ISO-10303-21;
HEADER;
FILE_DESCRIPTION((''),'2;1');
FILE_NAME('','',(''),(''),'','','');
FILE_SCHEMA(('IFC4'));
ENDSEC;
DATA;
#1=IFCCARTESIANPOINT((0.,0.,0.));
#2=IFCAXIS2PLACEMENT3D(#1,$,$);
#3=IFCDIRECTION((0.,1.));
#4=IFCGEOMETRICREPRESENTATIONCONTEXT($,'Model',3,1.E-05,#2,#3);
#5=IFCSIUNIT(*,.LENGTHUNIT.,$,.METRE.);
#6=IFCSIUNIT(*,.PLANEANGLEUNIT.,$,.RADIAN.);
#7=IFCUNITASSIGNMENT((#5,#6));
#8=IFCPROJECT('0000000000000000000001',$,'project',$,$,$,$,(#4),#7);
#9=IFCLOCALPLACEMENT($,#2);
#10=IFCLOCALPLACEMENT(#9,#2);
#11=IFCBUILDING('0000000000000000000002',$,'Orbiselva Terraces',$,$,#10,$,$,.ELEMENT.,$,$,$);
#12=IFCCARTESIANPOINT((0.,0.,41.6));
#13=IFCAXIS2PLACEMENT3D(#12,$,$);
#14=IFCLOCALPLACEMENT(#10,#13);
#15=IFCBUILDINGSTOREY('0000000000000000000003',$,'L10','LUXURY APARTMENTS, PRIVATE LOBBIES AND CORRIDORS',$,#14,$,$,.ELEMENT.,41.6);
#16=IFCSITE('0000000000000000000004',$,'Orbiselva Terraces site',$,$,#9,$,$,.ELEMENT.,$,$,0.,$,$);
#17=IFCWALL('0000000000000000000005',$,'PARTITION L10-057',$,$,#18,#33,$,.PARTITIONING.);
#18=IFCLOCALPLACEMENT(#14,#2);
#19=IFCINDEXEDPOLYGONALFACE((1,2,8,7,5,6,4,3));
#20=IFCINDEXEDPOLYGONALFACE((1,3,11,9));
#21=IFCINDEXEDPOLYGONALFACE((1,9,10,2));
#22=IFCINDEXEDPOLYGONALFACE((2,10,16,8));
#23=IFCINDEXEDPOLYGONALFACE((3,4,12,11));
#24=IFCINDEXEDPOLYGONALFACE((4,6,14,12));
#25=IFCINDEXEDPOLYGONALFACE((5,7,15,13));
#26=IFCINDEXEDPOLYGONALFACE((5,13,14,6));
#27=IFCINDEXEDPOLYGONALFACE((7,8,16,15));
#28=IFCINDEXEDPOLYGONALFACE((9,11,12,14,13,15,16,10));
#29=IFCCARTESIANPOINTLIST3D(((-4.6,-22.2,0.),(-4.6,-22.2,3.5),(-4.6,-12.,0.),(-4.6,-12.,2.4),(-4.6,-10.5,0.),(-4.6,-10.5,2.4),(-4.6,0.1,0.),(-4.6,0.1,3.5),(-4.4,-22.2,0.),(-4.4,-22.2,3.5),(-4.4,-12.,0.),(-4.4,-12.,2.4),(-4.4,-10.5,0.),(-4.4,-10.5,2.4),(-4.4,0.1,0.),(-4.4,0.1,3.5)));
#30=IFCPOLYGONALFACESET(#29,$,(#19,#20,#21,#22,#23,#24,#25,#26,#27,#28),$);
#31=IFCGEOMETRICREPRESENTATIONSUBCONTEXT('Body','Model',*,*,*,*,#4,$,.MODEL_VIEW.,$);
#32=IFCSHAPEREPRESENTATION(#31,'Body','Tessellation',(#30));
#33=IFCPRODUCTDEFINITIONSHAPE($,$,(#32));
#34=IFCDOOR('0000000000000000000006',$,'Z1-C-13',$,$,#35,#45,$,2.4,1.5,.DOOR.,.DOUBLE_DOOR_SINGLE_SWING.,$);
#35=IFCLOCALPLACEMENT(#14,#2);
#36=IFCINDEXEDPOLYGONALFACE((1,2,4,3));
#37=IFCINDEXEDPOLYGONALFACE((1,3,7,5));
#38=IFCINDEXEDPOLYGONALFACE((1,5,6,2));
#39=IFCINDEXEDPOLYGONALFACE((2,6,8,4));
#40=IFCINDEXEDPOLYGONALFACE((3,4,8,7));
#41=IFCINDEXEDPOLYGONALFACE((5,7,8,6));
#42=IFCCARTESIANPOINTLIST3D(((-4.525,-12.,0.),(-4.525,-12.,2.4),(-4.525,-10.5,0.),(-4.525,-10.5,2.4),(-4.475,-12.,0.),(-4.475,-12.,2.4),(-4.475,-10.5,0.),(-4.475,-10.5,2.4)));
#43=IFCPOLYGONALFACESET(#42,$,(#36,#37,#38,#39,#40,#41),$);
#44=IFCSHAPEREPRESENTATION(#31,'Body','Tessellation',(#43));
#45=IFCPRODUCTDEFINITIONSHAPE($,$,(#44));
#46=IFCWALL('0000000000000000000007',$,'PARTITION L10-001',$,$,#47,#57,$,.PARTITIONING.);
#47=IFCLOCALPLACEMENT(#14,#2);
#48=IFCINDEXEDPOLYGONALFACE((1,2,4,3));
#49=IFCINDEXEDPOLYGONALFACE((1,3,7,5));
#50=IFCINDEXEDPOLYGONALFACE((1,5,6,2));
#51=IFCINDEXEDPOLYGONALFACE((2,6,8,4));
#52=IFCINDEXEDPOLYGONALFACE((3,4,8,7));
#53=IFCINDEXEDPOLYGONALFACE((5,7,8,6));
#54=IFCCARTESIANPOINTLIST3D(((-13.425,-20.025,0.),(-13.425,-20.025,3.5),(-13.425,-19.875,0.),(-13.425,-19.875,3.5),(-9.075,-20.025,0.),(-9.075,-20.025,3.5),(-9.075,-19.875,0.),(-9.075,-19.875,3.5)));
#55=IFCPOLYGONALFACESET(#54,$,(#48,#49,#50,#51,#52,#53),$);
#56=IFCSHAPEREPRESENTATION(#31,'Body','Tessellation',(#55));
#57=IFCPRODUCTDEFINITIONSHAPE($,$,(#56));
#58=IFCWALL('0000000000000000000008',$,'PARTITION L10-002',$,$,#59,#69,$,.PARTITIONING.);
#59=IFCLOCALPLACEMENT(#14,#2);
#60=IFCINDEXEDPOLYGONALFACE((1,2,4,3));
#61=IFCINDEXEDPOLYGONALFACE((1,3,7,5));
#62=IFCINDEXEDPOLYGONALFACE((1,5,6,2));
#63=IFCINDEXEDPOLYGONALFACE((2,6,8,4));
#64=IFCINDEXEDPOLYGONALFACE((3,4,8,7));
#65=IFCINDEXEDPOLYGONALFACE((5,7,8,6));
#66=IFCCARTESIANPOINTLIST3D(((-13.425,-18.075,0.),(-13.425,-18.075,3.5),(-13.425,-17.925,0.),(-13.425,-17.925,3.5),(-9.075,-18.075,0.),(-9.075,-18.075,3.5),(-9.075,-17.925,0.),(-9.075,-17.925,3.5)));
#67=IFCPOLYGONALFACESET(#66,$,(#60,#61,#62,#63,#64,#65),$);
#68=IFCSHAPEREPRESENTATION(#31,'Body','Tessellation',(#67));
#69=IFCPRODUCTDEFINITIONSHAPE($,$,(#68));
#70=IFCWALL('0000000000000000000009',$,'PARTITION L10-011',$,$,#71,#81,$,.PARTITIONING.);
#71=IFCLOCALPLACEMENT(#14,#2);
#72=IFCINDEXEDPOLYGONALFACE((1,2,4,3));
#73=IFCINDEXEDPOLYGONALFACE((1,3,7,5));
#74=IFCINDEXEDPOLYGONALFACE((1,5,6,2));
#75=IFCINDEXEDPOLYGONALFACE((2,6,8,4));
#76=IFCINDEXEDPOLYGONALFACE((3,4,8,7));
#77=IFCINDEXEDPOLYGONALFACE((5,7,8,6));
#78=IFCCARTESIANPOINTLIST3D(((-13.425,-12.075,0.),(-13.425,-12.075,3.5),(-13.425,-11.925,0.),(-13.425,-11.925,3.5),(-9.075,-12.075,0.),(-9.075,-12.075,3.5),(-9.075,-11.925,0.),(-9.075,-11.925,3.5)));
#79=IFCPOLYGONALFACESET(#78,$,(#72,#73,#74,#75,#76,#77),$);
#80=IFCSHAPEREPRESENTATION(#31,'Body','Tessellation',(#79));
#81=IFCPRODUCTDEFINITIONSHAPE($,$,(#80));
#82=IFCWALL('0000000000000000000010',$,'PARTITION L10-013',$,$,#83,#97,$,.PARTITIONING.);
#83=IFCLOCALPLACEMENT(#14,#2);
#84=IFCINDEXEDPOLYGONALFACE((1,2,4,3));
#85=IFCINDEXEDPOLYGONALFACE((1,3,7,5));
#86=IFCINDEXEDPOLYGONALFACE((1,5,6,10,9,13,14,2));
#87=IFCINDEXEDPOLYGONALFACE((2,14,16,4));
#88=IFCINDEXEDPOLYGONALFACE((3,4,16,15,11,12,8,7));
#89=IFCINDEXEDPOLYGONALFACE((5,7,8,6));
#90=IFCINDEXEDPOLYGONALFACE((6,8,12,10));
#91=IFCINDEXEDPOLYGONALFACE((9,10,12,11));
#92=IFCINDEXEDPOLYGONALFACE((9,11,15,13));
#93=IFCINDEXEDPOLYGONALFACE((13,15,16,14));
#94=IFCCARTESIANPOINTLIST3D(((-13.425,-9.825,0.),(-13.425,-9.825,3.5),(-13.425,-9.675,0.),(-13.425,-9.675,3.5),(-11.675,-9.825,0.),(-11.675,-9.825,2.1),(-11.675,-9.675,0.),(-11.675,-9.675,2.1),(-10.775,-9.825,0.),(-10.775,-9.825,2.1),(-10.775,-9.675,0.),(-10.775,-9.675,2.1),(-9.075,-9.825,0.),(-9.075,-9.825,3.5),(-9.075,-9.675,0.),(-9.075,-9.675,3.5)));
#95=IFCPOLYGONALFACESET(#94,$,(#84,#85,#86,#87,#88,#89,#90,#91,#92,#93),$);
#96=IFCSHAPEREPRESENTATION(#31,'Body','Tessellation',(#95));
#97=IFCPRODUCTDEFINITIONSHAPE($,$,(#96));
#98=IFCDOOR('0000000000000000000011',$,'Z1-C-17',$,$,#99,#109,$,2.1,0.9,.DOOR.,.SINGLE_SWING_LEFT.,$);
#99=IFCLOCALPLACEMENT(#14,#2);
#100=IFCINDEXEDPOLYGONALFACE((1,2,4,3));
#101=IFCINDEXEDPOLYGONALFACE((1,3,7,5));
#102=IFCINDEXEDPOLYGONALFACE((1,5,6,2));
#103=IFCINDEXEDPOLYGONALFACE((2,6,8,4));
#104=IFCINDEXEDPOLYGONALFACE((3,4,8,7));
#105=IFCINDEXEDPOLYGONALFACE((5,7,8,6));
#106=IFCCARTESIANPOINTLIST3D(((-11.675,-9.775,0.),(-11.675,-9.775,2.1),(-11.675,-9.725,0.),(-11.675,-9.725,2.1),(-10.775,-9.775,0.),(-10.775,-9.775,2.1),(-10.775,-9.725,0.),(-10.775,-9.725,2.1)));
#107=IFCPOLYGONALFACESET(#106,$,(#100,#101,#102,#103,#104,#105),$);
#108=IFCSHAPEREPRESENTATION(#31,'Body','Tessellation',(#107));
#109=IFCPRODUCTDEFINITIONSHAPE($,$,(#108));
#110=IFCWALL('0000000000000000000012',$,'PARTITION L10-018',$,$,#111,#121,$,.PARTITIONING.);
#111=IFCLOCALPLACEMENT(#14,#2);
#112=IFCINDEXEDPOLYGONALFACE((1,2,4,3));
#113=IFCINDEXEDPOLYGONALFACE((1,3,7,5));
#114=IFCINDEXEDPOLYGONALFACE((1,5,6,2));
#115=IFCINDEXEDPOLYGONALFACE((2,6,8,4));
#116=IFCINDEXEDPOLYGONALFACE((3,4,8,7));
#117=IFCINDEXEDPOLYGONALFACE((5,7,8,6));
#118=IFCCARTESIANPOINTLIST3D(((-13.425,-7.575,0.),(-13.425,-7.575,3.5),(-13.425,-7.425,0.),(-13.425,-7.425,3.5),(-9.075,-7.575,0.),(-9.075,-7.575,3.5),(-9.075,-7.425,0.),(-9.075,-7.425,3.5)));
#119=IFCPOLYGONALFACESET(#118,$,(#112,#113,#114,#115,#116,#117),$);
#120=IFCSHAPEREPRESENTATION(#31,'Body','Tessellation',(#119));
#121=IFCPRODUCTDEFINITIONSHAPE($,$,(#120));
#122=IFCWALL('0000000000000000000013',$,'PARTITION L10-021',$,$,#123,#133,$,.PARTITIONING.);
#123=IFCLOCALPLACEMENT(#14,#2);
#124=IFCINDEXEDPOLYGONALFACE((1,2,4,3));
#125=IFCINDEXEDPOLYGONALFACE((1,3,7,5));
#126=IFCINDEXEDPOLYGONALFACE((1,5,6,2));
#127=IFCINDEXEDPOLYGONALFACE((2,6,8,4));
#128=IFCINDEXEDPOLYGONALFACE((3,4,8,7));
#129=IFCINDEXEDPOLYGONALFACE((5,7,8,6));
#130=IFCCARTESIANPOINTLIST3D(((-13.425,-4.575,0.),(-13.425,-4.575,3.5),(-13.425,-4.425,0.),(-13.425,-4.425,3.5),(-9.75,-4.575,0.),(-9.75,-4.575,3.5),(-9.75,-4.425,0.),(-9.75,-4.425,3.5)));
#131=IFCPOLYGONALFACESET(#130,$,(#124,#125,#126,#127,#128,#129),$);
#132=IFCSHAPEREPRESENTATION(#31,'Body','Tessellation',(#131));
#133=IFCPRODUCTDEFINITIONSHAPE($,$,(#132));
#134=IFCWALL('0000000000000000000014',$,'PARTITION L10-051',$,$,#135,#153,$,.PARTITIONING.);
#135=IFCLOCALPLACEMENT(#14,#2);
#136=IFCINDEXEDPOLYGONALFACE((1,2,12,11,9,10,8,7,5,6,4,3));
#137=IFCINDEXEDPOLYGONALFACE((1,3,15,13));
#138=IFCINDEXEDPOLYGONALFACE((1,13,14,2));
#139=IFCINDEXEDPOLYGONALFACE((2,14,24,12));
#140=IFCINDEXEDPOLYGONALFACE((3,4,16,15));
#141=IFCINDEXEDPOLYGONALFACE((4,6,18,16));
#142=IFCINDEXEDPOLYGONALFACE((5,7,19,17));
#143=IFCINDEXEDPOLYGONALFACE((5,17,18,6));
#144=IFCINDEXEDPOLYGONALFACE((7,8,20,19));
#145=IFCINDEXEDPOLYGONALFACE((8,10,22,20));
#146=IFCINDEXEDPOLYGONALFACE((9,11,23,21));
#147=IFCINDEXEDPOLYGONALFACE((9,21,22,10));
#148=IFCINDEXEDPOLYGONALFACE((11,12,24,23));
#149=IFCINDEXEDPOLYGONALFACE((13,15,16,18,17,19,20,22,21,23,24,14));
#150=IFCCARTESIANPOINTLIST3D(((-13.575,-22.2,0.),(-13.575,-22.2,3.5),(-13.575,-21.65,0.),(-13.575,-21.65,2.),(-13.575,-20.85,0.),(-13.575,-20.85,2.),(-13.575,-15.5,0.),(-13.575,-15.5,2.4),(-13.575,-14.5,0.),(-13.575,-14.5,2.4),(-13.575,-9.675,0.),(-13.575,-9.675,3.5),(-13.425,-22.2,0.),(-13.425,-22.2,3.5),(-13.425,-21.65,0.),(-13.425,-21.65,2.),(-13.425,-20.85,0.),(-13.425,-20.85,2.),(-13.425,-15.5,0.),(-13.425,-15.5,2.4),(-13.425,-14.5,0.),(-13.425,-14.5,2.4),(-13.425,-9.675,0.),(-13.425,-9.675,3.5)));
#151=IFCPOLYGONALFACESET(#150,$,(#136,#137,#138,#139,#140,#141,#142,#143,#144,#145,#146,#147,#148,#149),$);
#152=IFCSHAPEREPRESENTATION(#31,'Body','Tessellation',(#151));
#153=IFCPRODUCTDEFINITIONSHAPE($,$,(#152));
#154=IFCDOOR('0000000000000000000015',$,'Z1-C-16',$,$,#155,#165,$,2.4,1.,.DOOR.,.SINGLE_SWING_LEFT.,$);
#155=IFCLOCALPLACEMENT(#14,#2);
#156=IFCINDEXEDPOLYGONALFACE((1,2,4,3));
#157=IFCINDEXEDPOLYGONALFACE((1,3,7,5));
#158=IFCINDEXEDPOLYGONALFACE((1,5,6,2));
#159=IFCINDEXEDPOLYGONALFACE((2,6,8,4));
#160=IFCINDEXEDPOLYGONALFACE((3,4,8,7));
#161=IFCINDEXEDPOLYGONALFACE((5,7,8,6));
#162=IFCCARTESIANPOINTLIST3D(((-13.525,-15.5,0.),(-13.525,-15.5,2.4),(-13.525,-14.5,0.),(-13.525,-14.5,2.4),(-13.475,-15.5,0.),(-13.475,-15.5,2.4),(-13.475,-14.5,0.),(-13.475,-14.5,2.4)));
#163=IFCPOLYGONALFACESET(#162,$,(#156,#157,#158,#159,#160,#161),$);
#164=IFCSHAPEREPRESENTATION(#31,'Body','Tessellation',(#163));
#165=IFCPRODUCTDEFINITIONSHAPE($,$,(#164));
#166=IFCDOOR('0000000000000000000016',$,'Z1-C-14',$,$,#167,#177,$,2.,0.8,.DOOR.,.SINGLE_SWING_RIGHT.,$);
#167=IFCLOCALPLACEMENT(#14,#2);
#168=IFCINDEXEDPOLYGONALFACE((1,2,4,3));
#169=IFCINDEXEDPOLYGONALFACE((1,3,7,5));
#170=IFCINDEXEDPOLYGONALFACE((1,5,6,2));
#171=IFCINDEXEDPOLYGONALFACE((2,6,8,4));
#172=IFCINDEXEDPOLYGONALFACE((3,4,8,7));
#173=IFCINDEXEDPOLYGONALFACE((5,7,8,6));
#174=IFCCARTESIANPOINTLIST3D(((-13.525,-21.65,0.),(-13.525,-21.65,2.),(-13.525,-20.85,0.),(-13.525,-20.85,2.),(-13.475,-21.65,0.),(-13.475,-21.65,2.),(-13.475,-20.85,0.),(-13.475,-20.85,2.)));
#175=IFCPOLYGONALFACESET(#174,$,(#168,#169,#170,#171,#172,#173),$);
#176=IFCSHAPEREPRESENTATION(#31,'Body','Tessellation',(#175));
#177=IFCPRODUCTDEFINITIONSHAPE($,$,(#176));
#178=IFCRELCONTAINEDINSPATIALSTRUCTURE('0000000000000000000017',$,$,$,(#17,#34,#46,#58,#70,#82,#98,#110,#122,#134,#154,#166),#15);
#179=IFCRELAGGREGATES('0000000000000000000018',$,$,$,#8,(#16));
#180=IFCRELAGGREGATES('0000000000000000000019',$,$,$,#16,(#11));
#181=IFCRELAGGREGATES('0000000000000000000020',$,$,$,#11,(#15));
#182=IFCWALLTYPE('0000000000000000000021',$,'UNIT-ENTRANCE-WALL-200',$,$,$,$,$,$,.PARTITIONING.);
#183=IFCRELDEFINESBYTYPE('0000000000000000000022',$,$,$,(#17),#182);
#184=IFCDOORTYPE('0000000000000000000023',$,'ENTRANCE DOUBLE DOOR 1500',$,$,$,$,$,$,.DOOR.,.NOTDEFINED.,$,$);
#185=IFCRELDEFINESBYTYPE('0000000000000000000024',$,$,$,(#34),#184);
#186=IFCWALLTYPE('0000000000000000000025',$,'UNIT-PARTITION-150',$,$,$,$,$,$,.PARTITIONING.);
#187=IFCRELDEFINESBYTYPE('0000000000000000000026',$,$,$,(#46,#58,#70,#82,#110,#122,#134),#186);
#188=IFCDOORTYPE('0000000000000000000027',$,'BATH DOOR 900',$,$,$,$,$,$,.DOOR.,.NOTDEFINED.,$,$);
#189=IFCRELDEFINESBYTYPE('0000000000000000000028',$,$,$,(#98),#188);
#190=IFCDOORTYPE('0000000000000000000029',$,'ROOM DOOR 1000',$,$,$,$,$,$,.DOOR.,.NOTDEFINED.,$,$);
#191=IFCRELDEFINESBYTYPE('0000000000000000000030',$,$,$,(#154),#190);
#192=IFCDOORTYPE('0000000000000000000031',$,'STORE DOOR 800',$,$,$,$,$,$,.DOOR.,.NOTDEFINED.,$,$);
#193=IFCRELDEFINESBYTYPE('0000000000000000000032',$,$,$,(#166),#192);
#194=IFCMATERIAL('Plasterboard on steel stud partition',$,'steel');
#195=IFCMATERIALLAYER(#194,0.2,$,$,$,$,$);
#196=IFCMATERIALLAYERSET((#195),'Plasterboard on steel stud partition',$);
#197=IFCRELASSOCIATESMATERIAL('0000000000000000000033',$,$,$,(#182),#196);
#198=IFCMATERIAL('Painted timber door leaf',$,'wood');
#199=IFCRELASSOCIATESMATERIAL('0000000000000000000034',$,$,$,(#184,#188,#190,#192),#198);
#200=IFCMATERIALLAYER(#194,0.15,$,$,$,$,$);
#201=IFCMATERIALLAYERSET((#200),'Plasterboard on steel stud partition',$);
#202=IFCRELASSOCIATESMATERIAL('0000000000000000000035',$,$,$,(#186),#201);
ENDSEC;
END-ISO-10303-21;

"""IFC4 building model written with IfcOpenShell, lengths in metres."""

from ifc_helpers import new_model, si_unit, direction, frame, frame_2d, origin, place, context, subcontext, project, spatial, rectangle, extrude, material, layer, layer_set, type_object, element, fill, save


model = new_model("IFC4")

# Units and contexts
model_context = context("Model", 3, precision=1e-05, world=origin(), true_north=direction((0.0, 1.0)))
body_context = subcontext(model_context, "Body", "Model", "MODEL_VIEW")
ifc_project = project(units=[si_unit("LENGTHUNIT", "METRE"), si_unit("PLANEANGLEUNIT", "RADIAN")], contexts=[model_context])

# Site, building, storey
site_placement = place(None, origin())
site = spatial("IfcSite", under=ifc_project, at=site_placement, Name="Orbiselva Terraces site", CompositionType="ELEMENT", RefElevation=0.0)
building_placement = place(site_placement, origin())
building = spatial("IfcBuilding", under=site, at=building_placement, Name="Orbiselva Terraces", CompositionType="ELEMENT")
storey_placement = place(building_placement, frame((0.0, 0.0, 41.6)))
storey = spatial("IfcBuildingStorey", under=building, at=storey_placement, Name="L10", Description="LUXURY APARTMENTS, PRIVATE LOBBIES AND CORRIDORS", CompositionType="ELEMENT", Elevation=41.6)

# Wall, opening, door
ifc_material_1 = material(Name="Plasterboard on steel stud partition", Category="steel")
ifc_layer_1 = layer(ifc_material_1, 0.2)
ifc_layer_set_1 = layer_set([ifc_layer_1], Name="Plasterboard on steel stud partition")
wall_type_1 = type_object("IfcWallType", Name="UNIT-ENTRANCE-WALL-200", PredefinedType="PARTITIONING", material=ifc_layer_set_1)
wall_1_placement = place(storey_placement, frame((-4.5, -22.2, 0.0), z_axis=(0.0, 0.0, 1.0), x_axis=(0.0, 1.0, 0.0)))
wall_1 = element("IfcWall", 1, at=wall_1_placement, inside=storey, type_object=wall_type_1, Name="PARTITION L10-057", PredefinedType="PARTITIONING", context=body_context, shape_type="SweptSolid", body=[
    extrude(rectangle(XDim=22.3, YDim=0.2, at=frame_2d((11.15, 0.0))), origin(), (0.0, 0.0, 1.0), 3.5),
])
opening_1_placement = place(wall_1_placement, frame((10.2, 0.0, 0.0)))
opening_1 = element("IfcOpeningElement", 2, at=opening_1_placement, cuts=wall_1, PredefinedType="OPENING", context=body_context, shape_type="SweptSolid", body=[
    extrude(rectangle(XDim=1.5, YDim=2.4, at=frame_2d((0.75, 1.2))), frame((0.0, 0.11, 0.0), z_axis=(0.0, -1.0, 0.0), x_axis=(1.0, 0.0, 0.0)), (0.0, 0.0, 1.0), 0.22),
])
ifc_material_2 = material(Name="Painted timber door leaf", Category="wood")
door_type_1 = type_object("IfcDoorType", Name="ENTRANCE DOUBLE DOOR 1500", OperationType="NOTDEFINED", PredefinedType="DOOR", material=ifc_material_2)
door_1_placement = place(opening_1_placement, origin())
door_1 = element("IfcDoor", 3, at=door_1_placement, inside=storey, type_object=door_type_1, Name="Z1-C-13", OperationType="DOUBLE_DOOR_SINGLE_SWING", OverallHeight=2.4, OverallWidth=1.5, PredefinedType="DOOR", context=body_context, shape_type="SweptSolid", body=[
    extrude(rectangle(XDim=1.5, YDim=2.4, at=frame_2d((0.75, 1.2))), frame((0.0, 0.025, 0.0), z_axis=(0.0, -1.0, 0.0), x_axis=(1.0, 0.0, 0.0)), (0.0, 0.0, 1.0), 0.05),
])
fill(opening_1, door_1)

# Walls
ifc_layer_2 = layer(ifc_material_1, 0.15)
ifc_layer_set_2 = layer_set([ifc_layer_2], Name="Plasterboard on steel stud partition")
wall_type_2 = type_object("IfcWallType", Name="UNIT-PARTITION-150", PredefinedType="PARTITIONING", material=ifc_layer_set_2)
for number, where, z_axis, x_axis, name in (
    (4, (-13.425, -19.95, 0.0), (0.0, 0.0, 1.0), (1.0, 0.0, 0.0), "PARTITION L10-001"),
    (5, (-13.425, -18.0, 0.0), (0.0, 0.0, 1.0), (1.0, 0.0, 0.0), "PARTITION L10-002"),
    (6, (-13.425, -12.0, 0.0), (0.0, 0.0, 1.0), (1.0, 0.0, 0.0), "PARTITION L10-011"),
):
    element("IfcWall", number, at=place(storey_placement, frame(where, z_axis=z_axis, x_axis=x_axis)), inside=storey, type_object=wall_type_2, Name=name, PredefinedType="PARTITIONING", context=body_context, shape_type="SweptSolid", body=[
        extrude(rectangle(XDim=4.35, YDim=0.15, at=frame_2d((2.175, 0.0))), origin(), (0.0, 0.0, 1.0), 3.5),
    ])

# Wall, opening, door
wall_2_placement = place(storey_placement, frame((-9.075, -9.75, 0.0), z_axis=(0.0, 0.0, 1.0), x_axis=(-1.0, 0.0, 0.0)))
wall_2 = element("IfcWall", 7, at=wall_2_placement, inside=storey, type_object=wall_type_2, Name="PARTITION L10-013", PredefinedType="PARTITIONING", context=body_context, shape_type="SweptSolid", body=[
    extrude(rectangle(XDim=4.35, YDim=0.15, at=frame_2d((2.175, 0.0))), origin(), (0.0, 0.0, 1.0), 3.5),
])
opening_2_placement = place(wall_2_placement, frame((1.7, 0.0, 0.0)))
opening_2 = element("IfcOpeningElement", 8, at=opening_2_placement, cuts=wall_2, PredefinedType="OPENING", context=body_context, shape_type="SweptSolid", body=[
    extrude(rectangle(XDim=0.9, YDim=2.1, at=frame_2d((0.45, 1.05))), frame((0.0, 0.085, 0.0), z_axis=(0.0, -1.0, 0.0), x_axis=(1.0, 0.0, 0.0)), (0.0, 0.0, 1.0), 0.17),
])
door_type_2 = type_object("IfcDoorType", Name="BATH DOOR 900", OperationType="NOTDEFINED", PredefinedType="DOOR", material=ifc_material_2)
door_2_placement = place(opening_2_placement, origin())
door_2 = element("IfcDoor", 9, at=door_2_placement, inside=storey, type_object=door_type_2, Name="Z1-C-17", OperationType="SINGLE_SWING_LEFT", OverallHeight=2.1, OverallWidth=0.9, PredefinedType="DOOR", context=body_context, shape_type="SweptSolid", body=[
    extrude(rectangle(XDim=0.9, YDim=2.1, at=frame_2d((0.45, 1.05))), frame((0.0, 0.025, 0.0), z_axis=(0.0, -1.0, 0.0), x_axis=(1.0, 0.0, 0.0)), (0.0, 0.0, 1.0), 0.05),
])
fill(opening_2, door_2)

# Walls
wall_3_placement = place(storey_placement, frame((-13.425, -7.5, 0.0), z_axis=(0.0, 0.0, 1.0), x_axis=(1.0, 0.0, 0.0)))
element("IfcWall", 10, at=wall_3_placement, inside=storey, type_object=wall_type_2, Name="PARTITION L10-018", PredefinedType="PARTITIONING", context=body_context, shape_type="SweptSolid", body=[
    extrude(rectangle(XDim=4.35, YDim=0.15, at=frame_2d((2.175, 0.0))), origin(), (0.0, 0.0, 1.0), 3.5),
])
wall_4_placement = place(storey_placement, frame((-13.425, -4.5, 0.0), z_axis=(0.0, 0.0, 1.0), x_axis=(1.0, 0.0, 0.0)))
element("IfcWall", 11, at=wall_4_placement, inside=storey, type_object=wall_type_2, Name="PARTITION L10-021", PredefinedType="PARTITIONING", context=body_context, shape_type="SweptSolid", body=[
    extrude(rectangle(XDim=3.675, YDim=0.15, at=frame_2d((1.8375, 0.0))), origin(), (0.0, 0.0, 1.0), 3.5),
])

# Wall, openings, doors
wall_5_placement = place(storey_placement, frame((-13.5, -9.675, 0.0), z_axis=(0.0, 0.0, 1.0), x_axis=(0.0, -1.0, 0.0)))
wall_5 = element("IfcWall", 12, at=wall_5_placement, inside=storey, type_object=wall_type_2, Name="PARTITION L10-051", PredefinedType="PARTITIONING", context=body_context, shape_type="SweptSolid", body=[
    extrude(rectangle(XDim=12.525, YDim=0.15, at=frame_2d((6.2625, 0.0))), origin(), (0.0, 0.0, 1.0), 3.5),
])
opening_3_placement = place(wall_5_placement, frame((11.175, 0.0, 0.0)))
opening_3 = element("IfcOpeningElement", 13, at=opening_3_placement, cuts=wall_5, PredefinedType="OPENING", context=body_context, shape_type="SweptSolid", body=[
    extrude(rectangle(XDim=0.8, YDim=2.0, at=frame_2d((0.4, 1.0))), frame((0.0, 0.085, 0.0), z_axis=(0.0, -1.0, 0.0), x_axis=(1.0, 0.0, 0.0)), (0.0, 0.0, 1.0), 0.17),
])
opening_4_placement = place(wall_5_placement, frame((4.825, 0.0, 0.0)))
opening_4 = element("IfcOpeningElement", 14, at=opening_4_placement, cuts=wall_5, PredefinedType="OPENING", context=body_context, shape_type="SweptSolid", body=[
    extrude(rectangle(XDim=1.0, YDim=2.4, at=frame_2d((0.5, 1.2))), frame((0.0, 0.085, 0.0), z_axis=(0.0, -1.0, 0.0), x_axis=(1.0, 0.0, 0.0)), (0.0, 0.0, 1.0), 0.17),
])
door_type_3 = type_object("IfcDoorType", Name="ROOM DOOR 1000", OperationType="NOTDEFINED", PredefinedType="DOOR", material=ifc_material_2)
door_3_placement = place(opening_4_placement, origin())
door_3 = element("IfcDoor", 15, at=door_3_placement, inside=storey, type_object=door_type_3, Name="Z1-C-16", OperationType="SINGLE_SWING_LEFT", OverallHeight=2.4, OverallWidth=1.0, PredefinedType="DOOR", context=body_context, shape_type="SweptSolid", body=[
    extrude(rectangle(XDim=1.0, YDim=2.4, at=frame_2d((0.5, 1.2))), frame((0.0, 0.025, 0.0), z_axis=(0.0, -1.0, 0.0), x_axis=(1.0, 0.0, 0.0)), (0.0, 0.0, 1.0), 0.05),
])
fill(opening_4, door_3)
door_type_4 = type_object("IfcDoorType", Name="STORE DOOR 800", OperationType="NOTDEFINED", PredefinedType="DOOR", material=ifc_material_2)
door_4_placement = place(opening_3_placement, origin())
door_4 = element("IfcDoor", 16, at=door_4_placement, inside=storey, type_object=door_type_4, Name="Z1-C-14", OperationType="SINGLE_SWING_RIGHT", OverallHeight=2.0, OverallWidth=0.8, PredefinedType="DOOR", context=body_context, shape_type="SweptSolid", body=[
    extrude(rectangle(XDim=0.8, YDim=2.0, at=frame_2d((0.4, 1.0))), frame((0.0, 0.025, 0.0), z_axis=(0.0, -1.0, 0.0), x_axis=(1.0, 0.0, 0.0)), (0.0, 0.0, 1.0), 0.05),
])
fill(opening_3, door_4)

save(model, "model.ifc")
